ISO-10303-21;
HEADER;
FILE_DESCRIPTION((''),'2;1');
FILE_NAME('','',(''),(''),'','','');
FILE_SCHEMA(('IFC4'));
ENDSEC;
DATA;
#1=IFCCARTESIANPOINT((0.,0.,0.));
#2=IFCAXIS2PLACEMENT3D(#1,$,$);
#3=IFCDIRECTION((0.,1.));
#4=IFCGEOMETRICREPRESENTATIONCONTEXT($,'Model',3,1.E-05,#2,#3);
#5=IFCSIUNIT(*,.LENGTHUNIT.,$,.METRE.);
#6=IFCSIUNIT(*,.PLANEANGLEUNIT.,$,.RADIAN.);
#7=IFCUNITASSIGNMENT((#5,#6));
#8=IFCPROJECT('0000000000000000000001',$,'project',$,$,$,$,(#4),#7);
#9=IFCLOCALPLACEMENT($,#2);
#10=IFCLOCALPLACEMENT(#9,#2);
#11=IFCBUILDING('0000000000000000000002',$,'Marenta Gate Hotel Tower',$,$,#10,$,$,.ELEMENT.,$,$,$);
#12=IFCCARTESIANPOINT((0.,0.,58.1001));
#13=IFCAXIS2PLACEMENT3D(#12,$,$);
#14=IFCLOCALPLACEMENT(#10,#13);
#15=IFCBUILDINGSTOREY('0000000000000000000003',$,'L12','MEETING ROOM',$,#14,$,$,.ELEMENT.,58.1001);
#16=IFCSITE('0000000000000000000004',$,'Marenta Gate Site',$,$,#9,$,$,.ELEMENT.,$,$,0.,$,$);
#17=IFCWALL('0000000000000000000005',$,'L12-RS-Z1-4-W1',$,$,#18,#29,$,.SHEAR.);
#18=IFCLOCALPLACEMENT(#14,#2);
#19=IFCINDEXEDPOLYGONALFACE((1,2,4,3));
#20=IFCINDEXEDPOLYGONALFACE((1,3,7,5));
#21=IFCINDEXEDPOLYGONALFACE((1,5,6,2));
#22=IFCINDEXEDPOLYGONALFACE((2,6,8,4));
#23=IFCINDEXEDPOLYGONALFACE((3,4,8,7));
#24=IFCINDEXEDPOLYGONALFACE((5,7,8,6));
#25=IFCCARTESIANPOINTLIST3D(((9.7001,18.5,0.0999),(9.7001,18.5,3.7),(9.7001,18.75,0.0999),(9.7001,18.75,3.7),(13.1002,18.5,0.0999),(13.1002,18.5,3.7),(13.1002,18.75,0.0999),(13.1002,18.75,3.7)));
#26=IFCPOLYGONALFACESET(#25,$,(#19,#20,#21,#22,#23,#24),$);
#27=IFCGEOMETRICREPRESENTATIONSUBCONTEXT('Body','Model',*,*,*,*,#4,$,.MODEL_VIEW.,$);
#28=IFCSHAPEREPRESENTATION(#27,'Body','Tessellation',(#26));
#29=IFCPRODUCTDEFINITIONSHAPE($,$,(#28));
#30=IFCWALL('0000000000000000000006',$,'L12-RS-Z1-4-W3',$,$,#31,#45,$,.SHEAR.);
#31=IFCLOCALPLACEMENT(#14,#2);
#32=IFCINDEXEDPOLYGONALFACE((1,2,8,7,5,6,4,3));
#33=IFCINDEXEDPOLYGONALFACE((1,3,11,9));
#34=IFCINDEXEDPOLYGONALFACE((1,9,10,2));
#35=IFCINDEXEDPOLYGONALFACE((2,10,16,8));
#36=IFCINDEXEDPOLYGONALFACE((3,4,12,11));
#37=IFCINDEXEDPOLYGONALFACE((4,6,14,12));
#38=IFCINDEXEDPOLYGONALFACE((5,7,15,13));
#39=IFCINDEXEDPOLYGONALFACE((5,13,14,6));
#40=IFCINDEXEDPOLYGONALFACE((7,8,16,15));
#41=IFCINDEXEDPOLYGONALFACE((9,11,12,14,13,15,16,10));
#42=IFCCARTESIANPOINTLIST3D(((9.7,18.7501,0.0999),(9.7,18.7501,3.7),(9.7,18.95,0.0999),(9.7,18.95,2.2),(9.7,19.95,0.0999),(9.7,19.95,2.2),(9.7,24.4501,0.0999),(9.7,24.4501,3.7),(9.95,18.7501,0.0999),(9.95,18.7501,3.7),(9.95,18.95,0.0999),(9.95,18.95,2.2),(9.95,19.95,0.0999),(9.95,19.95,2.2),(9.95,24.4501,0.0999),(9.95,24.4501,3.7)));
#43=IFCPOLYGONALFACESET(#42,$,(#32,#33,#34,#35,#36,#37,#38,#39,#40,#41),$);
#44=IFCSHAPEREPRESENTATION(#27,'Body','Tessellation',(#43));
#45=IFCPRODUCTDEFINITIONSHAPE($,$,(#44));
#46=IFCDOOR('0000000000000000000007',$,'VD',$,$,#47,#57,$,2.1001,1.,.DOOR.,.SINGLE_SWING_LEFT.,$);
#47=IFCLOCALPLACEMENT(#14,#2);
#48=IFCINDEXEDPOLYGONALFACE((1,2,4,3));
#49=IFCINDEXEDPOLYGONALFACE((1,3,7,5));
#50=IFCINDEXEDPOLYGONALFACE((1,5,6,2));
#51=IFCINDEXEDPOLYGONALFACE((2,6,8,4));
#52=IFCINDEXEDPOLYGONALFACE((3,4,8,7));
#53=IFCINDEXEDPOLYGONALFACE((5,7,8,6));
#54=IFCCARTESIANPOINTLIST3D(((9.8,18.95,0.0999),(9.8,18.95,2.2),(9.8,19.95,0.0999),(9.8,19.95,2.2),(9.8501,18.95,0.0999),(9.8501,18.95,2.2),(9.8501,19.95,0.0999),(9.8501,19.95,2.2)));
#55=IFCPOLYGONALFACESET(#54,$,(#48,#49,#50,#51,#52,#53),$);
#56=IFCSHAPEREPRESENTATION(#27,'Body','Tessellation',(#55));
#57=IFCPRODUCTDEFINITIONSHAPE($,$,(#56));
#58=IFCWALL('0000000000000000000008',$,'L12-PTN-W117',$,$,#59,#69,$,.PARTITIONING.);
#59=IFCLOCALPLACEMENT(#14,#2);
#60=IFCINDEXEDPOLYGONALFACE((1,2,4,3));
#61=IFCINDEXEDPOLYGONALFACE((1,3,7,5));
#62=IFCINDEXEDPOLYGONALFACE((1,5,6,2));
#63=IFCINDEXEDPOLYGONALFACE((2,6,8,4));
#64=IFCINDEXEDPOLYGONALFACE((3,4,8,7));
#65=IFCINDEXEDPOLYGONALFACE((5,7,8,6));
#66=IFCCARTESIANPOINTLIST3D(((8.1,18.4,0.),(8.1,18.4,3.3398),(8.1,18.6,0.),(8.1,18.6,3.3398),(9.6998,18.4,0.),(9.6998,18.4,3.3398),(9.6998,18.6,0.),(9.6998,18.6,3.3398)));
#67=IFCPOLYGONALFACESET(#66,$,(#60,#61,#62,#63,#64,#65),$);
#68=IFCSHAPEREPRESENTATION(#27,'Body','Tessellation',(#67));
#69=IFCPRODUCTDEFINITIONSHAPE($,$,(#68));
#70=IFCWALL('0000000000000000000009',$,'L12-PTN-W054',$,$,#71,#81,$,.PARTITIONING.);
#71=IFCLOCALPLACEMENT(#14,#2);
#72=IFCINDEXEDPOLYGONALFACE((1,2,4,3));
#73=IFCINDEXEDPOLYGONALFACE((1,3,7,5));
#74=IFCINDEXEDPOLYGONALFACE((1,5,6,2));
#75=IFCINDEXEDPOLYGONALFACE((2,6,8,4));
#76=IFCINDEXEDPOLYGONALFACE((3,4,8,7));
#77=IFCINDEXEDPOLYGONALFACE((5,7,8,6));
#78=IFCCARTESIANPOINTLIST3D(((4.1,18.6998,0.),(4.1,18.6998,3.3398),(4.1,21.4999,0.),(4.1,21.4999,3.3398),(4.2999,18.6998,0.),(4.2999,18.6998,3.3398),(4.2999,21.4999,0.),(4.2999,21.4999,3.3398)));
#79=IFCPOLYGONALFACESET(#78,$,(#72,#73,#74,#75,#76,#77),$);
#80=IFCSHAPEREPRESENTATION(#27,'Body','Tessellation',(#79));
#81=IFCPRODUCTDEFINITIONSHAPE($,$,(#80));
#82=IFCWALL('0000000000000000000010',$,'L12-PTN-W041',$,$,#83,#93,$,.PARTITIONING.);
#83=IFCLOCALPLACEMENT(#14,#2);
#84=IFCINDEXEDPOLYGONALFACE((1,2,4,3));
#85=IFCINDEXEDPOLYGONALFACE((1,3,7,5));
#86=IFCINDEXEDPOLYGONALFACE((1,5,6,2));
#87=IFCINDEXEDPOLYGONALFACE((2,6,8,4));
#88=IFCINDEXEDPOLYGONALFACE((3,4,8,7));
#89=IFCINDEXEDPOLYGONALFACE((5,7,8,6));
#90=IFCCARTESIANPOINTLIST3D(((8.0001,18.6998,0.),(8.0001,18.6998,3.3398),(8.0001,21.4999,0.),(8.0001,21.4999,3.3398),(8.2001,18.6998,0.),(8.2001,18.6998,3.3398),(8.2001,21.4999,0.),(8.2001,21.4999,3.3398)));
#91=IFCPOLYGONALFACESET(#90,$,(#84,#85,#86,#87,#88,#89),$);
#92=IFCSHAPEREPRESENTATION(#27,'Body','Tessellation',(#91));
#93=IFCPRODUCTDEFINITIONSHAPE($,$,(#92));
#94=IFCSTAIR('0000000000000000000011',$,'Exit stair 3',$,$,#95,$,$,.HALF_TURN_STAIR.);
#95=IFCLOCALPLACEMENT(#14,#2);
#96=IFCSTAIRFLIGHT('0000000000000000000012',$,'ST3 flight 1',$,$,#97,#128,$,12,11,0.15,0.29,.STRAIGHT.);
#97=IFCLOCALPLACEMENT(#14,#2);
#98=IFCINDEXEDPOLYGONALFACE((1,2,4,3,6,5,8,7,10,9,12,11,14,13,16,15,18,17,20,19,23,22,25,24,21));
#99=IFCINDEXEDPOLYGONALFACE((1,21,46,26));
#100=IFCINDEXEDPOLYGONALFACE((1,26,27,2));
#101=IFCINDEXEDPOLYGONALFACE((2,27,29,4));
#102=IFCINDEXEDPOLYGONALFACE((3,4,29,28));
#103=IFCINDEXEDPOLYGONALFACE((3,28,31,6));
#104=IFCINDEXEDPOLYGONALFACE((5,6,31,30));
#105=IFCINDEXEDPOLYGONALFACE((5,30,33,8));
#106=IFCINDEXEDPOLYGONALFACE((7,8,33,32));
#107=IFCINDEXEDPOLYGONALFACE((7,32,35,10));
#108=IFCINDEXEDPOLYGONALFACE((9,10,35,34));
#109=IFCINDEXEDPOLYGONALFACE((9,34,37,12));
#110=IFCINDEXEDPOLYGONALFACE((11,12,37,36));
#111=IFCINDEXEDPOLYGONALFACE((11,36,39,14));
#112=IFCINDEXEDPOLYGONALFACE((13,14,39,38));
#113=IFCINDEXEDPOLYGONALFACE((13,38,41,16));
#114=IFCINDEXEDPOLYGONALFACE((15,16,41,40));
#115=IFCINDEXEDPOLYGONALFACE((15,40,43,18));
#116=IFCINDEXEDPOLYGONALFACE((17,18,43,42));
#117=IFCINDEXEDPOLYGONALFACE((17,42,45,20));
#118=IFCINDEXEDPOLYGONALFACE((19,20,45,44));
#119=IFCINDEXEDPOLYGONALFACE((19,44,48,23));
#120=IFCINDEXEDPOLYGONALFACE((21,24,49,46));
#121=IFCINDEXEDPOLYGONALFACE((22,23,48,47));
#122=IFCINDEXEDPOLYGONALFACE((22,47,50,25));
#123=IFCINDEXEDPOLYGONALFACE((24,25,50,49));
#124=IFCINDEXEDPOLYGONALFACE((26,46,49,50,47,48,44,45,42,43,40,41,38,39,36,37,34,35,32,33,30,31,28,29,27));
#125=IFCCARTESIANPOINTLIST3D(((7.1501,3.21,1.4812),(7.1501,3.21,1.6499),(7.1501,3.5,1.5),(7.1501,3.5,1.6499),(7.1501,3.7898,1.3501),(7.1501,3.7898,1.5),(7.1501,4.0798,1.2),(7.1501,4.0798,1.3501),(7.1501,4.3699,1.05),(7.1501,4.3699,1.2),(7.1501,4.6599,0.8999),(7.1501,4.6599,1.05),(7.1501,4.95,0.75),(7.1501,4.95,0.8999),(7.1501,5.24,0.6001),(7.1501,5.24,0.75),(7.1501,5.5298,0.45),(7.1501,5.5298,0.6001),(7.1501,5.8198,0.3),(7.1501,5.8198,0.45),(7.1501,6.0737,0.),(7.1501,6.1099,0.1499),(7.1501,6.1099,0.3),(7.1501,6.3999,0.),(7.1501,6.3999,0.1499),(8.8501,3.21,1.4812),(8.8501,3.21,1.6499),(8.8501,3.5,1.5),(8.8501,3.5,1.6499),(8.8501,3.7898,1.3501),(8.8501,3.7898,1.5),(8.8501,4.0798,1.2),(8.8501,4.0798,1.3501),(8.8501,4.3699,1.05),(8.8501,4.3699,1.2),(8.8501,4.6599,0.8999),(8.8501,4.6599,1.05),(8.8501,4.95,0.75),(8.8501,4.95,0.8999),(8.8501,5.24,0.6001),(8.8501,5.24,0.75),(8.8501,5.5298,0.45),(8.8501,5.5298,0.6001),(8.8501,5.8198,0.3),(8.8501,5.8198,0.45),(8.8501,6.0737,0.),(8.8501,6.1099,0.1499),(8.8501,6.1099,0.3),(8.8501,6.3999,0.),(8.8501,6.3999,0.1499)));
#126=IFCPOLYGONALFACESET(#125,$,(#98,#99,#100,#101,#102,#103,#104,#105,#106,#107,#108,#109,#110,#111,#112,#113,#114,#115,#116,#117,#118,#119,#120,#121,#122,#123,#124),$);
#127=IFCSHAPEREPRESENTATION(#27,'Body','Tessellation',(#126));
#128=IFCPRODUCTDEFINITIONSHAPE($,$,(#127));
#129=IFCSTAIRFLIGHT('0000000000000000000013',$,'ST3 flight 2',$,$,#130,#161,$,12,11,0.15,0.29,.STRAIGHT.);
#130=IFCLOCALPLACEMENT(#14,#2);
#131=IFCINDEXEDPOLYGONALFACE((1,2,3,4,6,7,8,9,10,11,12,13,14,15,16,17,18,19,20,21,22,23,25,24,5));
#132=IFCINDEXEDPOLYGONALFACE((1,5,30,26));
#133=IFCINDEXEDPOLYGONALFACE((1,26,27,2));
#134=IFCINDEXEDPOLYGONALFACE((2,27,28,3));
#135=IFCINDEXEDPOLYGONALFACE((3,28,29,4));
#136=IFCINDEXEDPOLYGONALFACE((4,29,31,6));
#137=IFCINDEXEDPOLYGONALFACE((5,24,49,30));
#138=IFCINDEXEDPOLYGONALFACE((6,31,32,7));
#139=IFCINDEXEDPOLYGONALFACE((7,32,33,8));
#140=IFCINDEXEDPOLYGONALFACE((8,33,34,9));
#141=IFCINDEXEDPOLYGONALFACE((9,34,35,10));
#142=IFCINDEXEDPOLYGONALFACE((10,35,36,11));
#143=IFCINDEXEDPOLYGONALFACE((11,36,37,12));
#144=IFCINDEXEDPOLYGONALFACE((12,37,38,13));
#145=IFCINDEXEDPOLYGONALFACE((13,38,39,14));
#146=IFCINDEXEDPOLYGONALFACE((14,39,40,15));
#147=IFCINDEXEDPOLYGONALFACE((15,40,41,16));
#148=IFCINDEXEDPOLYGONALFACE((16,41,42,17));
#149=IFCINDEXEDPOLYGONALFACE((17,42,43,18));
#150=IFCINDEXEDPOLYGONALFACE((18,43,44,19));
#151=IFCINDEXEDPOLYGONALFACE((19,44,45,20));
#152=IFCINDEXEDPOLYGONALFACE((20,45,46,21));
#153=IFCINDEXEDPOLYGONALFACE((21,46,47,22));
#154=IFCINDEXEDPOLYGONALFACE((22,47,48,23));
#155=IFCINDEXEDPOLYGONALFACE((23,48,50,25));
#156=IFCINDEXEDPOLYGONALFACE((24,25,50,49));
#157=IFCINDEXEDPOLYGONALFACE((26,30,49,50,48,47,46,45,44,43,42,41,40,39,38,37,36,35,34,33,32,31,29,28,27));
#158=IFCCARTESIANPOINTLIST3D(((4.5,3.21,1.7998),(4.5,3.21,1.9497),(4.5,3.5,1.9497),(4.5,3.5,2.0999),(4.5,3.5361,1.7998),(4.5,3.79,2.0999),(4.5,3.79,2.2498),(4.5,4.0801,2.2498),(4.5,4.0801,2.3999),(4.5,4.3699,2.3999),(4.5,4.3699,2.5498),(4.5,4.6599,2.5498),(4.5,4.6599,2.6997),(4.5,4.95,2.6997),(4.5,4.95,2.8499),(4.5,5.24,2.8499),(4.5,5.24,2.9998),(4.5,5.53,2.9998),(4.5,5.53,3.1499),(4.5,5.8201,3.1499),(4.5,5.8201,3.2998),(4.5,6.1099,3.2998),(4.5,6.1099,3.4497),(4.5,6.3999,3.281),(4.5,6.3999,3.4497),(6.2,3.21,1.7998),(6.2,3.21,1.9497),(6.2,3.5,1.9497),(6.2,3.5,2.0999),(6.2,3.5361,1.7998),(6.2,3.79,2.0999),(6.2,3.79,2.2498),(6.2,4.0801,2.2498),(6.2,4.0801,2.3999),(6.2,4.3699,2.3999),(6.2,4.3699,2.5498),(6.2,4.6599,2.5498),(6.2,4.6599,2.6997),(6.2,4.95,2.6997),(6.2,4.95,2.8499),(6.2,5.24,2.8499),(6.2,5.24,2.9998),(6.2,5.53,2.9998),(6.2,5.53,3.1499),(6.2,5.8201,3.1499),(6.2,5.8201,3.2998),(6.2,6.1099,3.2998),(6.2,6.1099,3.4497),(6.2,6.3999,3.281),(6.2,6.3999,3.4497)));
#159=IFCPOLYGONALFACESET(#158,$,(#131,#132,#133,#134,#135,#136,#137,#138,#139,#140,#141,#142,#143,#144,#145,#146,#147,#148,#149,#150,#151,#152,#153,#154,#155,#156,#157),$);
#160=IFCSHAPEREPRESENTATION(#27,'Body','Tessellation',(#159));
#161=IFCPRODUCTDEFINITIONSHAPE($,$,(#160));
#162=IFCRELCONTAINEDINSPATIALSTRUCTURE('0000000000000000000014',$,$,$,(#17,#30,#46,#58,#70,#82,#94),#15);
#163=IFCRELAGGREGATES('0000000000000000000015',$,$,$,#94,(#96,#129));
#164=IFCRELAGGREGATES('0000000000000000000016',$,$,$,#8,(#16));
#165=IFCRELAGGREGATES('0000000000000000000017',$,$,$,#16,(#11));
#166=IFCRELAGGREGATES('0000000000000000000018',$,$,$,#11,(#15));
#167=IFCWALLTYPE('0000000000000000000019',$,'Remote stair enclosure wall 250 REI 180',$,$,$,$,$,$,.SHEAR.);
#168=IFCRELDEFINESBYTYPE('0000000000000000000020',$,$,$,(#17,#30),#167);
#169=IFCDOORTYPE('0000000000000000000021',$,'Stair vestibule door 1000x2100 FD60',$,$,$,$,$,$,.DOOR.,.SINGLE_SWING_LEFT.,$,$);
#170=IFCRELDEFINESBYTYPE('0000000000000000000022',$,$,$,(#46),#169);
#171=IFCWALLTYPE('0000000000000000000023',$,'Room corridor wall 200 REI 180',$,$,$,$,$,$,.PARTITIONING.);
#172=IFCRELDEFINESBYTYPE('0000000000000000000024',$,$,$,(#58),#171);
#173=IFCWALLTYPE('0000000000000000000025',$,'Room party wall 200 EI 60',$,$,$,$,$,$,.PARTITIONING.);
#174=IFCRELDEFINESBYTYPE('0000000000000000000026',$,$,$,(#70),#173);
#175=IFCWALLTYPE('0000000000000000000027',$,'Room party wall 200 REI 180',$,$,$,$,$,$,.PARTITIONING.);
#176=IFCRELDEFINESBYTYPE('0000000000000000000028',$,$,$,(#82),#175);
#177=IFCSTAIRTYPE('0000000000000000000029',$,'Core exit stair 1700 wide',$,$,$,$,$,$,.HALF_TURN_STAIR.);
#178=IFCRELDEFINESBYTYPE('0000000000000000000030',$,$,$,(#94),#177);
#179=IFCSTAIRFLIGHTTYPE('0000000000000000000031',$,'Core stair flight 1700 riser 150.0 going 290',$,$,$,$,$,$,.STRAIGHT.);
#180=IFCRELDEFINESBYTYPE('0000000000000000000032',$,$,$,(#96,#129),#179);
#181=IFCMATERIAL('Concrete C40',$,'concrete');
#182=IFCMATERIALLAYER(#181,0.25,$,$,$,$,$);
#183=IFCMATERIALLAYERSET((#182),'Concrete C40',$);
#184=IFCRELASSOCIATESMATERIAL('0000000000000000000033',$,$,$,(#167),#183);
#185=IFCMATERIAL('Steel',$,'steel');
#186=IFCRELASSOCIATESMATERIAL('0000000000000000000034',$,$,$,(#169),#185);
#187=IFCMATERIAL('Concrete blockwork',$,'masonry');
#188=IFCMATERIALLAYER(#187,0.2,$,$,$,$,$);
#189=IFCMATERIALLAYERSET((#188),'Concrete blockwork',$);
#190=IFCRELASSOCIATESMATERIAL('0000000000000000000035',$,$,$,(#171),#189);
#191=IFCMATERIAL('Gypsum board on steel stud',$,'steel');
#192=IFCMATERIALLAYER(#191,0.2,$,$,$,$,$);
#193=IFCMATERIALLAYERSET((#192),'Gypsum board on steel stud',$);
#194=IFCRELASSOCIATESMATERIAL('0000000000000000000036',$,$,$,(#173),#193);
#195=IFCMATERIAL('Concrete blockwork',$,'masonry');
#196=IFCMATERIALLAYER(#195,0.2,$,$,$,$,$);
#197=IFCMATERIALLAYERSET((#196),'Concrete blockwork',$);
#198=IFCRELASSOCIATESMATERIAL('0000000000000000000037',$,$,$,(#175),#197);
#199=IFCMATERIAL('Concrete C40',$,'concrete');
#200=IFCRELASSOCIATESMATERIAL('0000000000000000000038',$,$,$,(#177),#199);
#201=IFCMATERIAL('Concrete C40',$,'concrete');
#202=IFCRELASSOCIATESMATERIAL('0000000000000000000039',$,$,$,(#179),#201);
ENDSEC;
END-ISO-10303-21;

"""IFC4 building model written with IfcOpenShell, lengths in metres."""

from ifc_helpers import new_model, si_unit, direction, frame, frame_2d, origin, place, context, subcontext, project, spatial, polyline, rectangle, outline, extrude, material, layer, layer_set, type_object, element, fill, aggregate, save


model = new_model("IFC4")

# Units and contexts
model_context = context("Model", 3, precision=1e-05, world=origin(), true_north=direction((0.0, 1.0)))
body_context = subcontext(model_context, "Body", "Model", "MODEL_VIEW")
ifc_project = project(units=[si_unit("LENGTHUNIT", "METRE"), si_unit("PLANEANGLEUNIT", "RADIAN")], contexts=[model_context])

# Site, building, storey
site_placement = place(None, origin())
site = spatial("IfcSite", under=ifc_project, at=site_placement, Name="Marenta Gate Site", CompositionType="ELEMENT", RefElevation=0.0)
building_placement = place(site_placement, origin())
building = spatial("IfcBuilding", under=site, at=building_placement, Name="Marenta Gate Hotel Tower", CompositionType="ELEMENT")
storey_placement = place(building_placement, frame((0.0, 0.0, 58.1001)))
storey = spatial("IfcBuildingStorey", under=building, at=storey_placement, Name="L12", Description="MEETING ROOM", CompositionType="ELEMENT", Elevation=58.1001)

# Wall
ifc_material_1 = material(Name="Concrete C40", Category="concrete")
ifc_layer_1 = layer(ifc_material_1, 0.25)
ifc_layer_set_1 = layer_set([ifc_layer_1], Name="Concrete C40")
wall_type_1 = type_object("IfcWallType", Name="Remote stair enclosure wall 250 REI 180", PredefinedType="SHEAR", material=ifc_layer_set_1)
wall_1_placement = place(storey_placement, frame((9.7, 18.625, 0.0999), z_axis=(0.0, 0.0, 1.0), x_axis=(1.0, 0.0, 0.0)))
element("IfcWall", 1, at=wall_1_placement, inside=storey, type_object=wall_type_1, Name="L12-RS-Z1-4-W1", PredefinedType="SHEAR", context=body_context, shape_type="SweptSolid", body=[
    extrude(rectangle(XDim=3.4001, YDim=0.25, at=frame_2d((1.7002, 0.0))), origin(), (0.0, 0.0, 1.0), 3.6001),
])

# Wall, opening, door
wall_2_placement = place(storey_placement, frame((9.825, 18.75, 0.0999), z_axis=(0.0, 0.0, 1.0), x_axis=(0.0, 1.0, 0.0)))
wall_2 = element("IfcWall", 2, at=wall_2_placement, inside=storey, type_object=wall_type_1, Name="L12-RS-Z1-4-W3", PredefinedType="SHEAR", context=body_context, shape_type="SweptSolid", body=[
    extrude(rectangle(XDim=5.7, YDim=0.25, at=frame_2d((2.8501, 0.0))), origin(), (0.0, 0.0, 1.0), 3.6001),
])
opening_1_placement = place(wall_2_placement, frame((0.2, 0.0, 0.0)))
opening_1 = element("IfcOpeningElement", 3, at=opening_1_placement, cuts=wall_2, PredefinedType="OPENING", context=body_context, shape_type="SweptSolid", body=[
    extrude(rectangle(XDim=1.0, YDim=2.1001, at=frame_2d((0.5, 1.05))), frame((0.0, 0.125, 0.0), z_axis=(0.0, -1.0, 0.0), x_axis=(1.0, 0.0, 0.0)), (0.0, 0.0, 1.0), 0.25),
])
ifc_material_2 = material(Name="Steel", Category="steel")
door_type_1 = type_object("IfcDoorType", Name="Stair vestibule door 1000x2100 FD60", OperationType="SINGLE_SWING_LEFT", PredefinedType="DOOR", material=ifc_material_2)
door_1_placement = place(opening_1_placement, origin())
door_1 = element("IfcDoor", 4, at=door_1_placement, inside=storey, type_object=door_type_1, Name="VD", OperationType="SINGLE_SWING_LEFT", OverallHeight=2.1001, OverallWidth=1.0, PredefinedType="DOOR", context=body_context, shape_type="SweptSolid", body=[
    extrude(rectangle(XDim=1.0, YDim=2.1001, at=frame_2d((0.5, 1.05))), frame((0.0, 0.0249, 0.0), z_axis=(0.0, -1.0, 0.0), x_axis=(1.0, 0.0, 0.0)), (0.0, 0.0, 1.0), 0.05),
])
fill(opening_1, door_1)

# Walls
ifc_material_3 = material(Name="Concrete blockwork", Category="masonry")
ifc_layer_2 = layer(ifc_material_3, 0.2)
ifc_layer_set_2 = layer_set([ifc_layer_2], Name="Concrete blockwork")
wall_type_2 = type_object("IfcWallType", Name="Room corridor wall 200 REI 180", PredefinedType="PARTITIONING", material=ifc_layer_set_2)
wall_3_placement = place(storey_placement, frame((8.1001, 18.5, 0.0), z_axis=(0.0, 0.0, 1.0), x_axis=(1.0, 0.0, 0.0)))
element("IfcWall", 5, at=wall_3_placement, inside=storey, type_object=wall_type_2, Name="L12-PTN-W117", PredefinedType="PARTITIONING", context=body_context, shape_type="SweptSolid", body=[
    extrude(rectangle(XDim=1.5999, YDim=0.2, at=frame_2d((0.7998, 0.0))), origin(), (0.0, 0.0, 1.0), 3.3398),
])
ifc_material_4 = material(Name="Gypsum board on steel stud", Category="steel")
ifc_layer_3 = layer(ifc_material_4, 0.2)
ifc_layer_set_3 = layer_set([ifc_layer_3], Name="Gypsum board on steel stud")
wall_type_3 = type_object("IfcWallType", Name="Room party wall 200 EI 60", PredefinedType="PARTITIONING", material=ifc_layer_set_3)
wall_4_placement = place(storey_placement, frame((4.2, 18.7, 0.0), z_axis=(0.0, 0.0, 1.0), x_axis=(0.0, 1.0, 0.0)))
element("IfcWall", 6, at=wall_4_placement, inside=storey, type_object=wall_type_3, Name="L12-PTN-W054", PredefinedType="PARTITIONING", context=body_context, shape_type="SweptSolid", body=[
    extrude(rectangle(XDim=2.8, YDim=0.2, at=frame_2d((1.3999, 0.0))), origin(), (0.0, 0.0, 1.0), 3.3398),
])
ifc_material_5 = material(Name="Concrete blockwork", Category="masonry")
ifc_layer_4 = layer(ifc_material_5, 0.2)
ifc_layer_set_4 = layer_set([ifc_layer_4], Name="Concrete blockwork")
wall_type_4 = type_object("IfcWallType", Name="Room party wall 200 REI 180", PredefinedType="PARTITIONING", material=ifc_layer_set_4)
wall_5_placement = place(storey_placement, frame((8.1001, 18.7, 0.0), z_axis=(0.0, 0.0, 1.0), x_axis=(0.0, 1.0, 0.0)))
element("IfcWall", 7, at=wall_5_placement, inside=storey, type_object=wall_type_4, Name="L12-PTN-W041", PredefinedType="PARTITIONING", context=body_context, shape_type="SweptSolid", body=[
    extrude(rectangle(XDim=2.8, YDim=0.2, at=frame_2d((1.3999, 0.0))), origin(), (0.0, 0.0, 1.0), 3.3398),
])

# Stair, stair flights
ifc_material_6 = material(Name="Concrete C40", Category="concrete")
stair_type = type_object("IfcStairType", Name="Core exit stair 1700 wide", PredefinedType="HALF_TURN_STAIR", material=ifc_material_6)
stair_1_placement = place(storey_placement, origin())
stair_1 = element("IfcStair", 8, at=stair_1_placement, inside=storey, type_object=stair_type, Name="Exit stair 3", PredefinedType="HALF_TURN_STAIR")
ifc_material_7 = material(Name="Concrete C40", Category="concrete")
stair_flight_type = type_object("IfcStairFlightType", Name="Core stair flight 1700 riser 150.0 going 290", PredefinedType="STRAIGHT", material=ifc_material_7)
stair_flight_1_placement = place(storey_placement, frame((8.0, 6.3999, 0.0), z_axis=(0.0, 0.0, 1.0), x_axis=(0.0, -1.0, 0.0)))
stair_flight_1 = element("IfcStairFlight", 9, at=stair_flight_1_placement, type_object=stair_flight_type, Name="ST3 flight 1", NumberOfRisers=12, NumberOfTreads=11, PredefinedType="STRAIGHT", RiserHeight=0.15, TreadLength=0.29, context=body_context, shape_type="SweptSolid", body=[
    extrude(outline(polyline([(0.0, 0.0), (0.0, 0.1499), (0.29, 0.1499), (0.29, 0.3), (0.5801, 0.3), (0.5801, 0.45), (0.8701, 0.45), (0.8701, 0.6001), (1.1599, 0.6001), (1.1599, 0.75), (1.45, 0.75), (1.45, 0.8999), (1.74, 0.8999), (1.74, 1.05), (2.03, 1.05), (2.03, 1.2), (2.3201, 1.2), (2.3201, 1.3501), (2.6101, 1.3501), (2.6101, 1.5), (2.8999, 1.5), (2.8999, 1.6499), (3.1899, 1.6499), (3.1899, 1.8), (3.1899, 1.4812), (0.3262, 0.0), (0.0, 0.0)])), frame((0.0, 0.8501, 0.0), z_axis=(0.0, -1.0, 0.0), x_axis=(1.0, 0.0, 0.0)), (0.0, 0.0, 1.0), 1.7),
])
stair_flight_2_placement = place(storey_placement, frame((5.3501, 3.21, 1.7998), z_axis=(0.0, 0.0, 1.0), x_axis=(0.0, 1.0, 0.0)))
stair_flight_2 = element("IfcStairFlight", 10, at=stair_flight_2_placement, type_object=stair_flight_type, Name="ST3 flight 2", NumberOfRisers=12, NumberOfTreads=11, PredefinedType="STRAIGHT", RiserHeight=0.15, TreadLength=0.29, context=body_context, shape_type="SweptSolid", body=[
    extrude(outline(polyline([(0.0, 0.0), (0.0, 0.1499), (0.29, 0.1499), (0.29, 0.3), (0.5801, 0.3), (0.5801, 0.45), (0.8701, 0.45), (0.8701, 0.6001), (1.1599, 0.6001), (1.1599, 0.75), (1.45, 0.75), (1.45, 0.8999), (1.74, 0.8999), (1.74, 1.05), (2.03, 1.05), (2.03, 1.2), (2.3201, 1.2), (2.3201, 1.3501), (2.6101, 1.3501), (2.6101, 1.5), (2.8999, 1.5), (2.8999, 1.6499), (3.1899, 1.6499), (3.1899, 1.8), (3.1899, 1.4812), (0.3262, 0.0), (0.0, 0.0)])), frame((0.0, 0.8501, 0.0), z_axis=(0.0, -1.0, 0.0), x_axis=(1.0, 0.0, 0.0)), (0.0, 0.0, 1.0), 1.7),
])
aggregate(stair_1, [stair_flight_1, stair_flight_2])

save(model, "model.ifc")
